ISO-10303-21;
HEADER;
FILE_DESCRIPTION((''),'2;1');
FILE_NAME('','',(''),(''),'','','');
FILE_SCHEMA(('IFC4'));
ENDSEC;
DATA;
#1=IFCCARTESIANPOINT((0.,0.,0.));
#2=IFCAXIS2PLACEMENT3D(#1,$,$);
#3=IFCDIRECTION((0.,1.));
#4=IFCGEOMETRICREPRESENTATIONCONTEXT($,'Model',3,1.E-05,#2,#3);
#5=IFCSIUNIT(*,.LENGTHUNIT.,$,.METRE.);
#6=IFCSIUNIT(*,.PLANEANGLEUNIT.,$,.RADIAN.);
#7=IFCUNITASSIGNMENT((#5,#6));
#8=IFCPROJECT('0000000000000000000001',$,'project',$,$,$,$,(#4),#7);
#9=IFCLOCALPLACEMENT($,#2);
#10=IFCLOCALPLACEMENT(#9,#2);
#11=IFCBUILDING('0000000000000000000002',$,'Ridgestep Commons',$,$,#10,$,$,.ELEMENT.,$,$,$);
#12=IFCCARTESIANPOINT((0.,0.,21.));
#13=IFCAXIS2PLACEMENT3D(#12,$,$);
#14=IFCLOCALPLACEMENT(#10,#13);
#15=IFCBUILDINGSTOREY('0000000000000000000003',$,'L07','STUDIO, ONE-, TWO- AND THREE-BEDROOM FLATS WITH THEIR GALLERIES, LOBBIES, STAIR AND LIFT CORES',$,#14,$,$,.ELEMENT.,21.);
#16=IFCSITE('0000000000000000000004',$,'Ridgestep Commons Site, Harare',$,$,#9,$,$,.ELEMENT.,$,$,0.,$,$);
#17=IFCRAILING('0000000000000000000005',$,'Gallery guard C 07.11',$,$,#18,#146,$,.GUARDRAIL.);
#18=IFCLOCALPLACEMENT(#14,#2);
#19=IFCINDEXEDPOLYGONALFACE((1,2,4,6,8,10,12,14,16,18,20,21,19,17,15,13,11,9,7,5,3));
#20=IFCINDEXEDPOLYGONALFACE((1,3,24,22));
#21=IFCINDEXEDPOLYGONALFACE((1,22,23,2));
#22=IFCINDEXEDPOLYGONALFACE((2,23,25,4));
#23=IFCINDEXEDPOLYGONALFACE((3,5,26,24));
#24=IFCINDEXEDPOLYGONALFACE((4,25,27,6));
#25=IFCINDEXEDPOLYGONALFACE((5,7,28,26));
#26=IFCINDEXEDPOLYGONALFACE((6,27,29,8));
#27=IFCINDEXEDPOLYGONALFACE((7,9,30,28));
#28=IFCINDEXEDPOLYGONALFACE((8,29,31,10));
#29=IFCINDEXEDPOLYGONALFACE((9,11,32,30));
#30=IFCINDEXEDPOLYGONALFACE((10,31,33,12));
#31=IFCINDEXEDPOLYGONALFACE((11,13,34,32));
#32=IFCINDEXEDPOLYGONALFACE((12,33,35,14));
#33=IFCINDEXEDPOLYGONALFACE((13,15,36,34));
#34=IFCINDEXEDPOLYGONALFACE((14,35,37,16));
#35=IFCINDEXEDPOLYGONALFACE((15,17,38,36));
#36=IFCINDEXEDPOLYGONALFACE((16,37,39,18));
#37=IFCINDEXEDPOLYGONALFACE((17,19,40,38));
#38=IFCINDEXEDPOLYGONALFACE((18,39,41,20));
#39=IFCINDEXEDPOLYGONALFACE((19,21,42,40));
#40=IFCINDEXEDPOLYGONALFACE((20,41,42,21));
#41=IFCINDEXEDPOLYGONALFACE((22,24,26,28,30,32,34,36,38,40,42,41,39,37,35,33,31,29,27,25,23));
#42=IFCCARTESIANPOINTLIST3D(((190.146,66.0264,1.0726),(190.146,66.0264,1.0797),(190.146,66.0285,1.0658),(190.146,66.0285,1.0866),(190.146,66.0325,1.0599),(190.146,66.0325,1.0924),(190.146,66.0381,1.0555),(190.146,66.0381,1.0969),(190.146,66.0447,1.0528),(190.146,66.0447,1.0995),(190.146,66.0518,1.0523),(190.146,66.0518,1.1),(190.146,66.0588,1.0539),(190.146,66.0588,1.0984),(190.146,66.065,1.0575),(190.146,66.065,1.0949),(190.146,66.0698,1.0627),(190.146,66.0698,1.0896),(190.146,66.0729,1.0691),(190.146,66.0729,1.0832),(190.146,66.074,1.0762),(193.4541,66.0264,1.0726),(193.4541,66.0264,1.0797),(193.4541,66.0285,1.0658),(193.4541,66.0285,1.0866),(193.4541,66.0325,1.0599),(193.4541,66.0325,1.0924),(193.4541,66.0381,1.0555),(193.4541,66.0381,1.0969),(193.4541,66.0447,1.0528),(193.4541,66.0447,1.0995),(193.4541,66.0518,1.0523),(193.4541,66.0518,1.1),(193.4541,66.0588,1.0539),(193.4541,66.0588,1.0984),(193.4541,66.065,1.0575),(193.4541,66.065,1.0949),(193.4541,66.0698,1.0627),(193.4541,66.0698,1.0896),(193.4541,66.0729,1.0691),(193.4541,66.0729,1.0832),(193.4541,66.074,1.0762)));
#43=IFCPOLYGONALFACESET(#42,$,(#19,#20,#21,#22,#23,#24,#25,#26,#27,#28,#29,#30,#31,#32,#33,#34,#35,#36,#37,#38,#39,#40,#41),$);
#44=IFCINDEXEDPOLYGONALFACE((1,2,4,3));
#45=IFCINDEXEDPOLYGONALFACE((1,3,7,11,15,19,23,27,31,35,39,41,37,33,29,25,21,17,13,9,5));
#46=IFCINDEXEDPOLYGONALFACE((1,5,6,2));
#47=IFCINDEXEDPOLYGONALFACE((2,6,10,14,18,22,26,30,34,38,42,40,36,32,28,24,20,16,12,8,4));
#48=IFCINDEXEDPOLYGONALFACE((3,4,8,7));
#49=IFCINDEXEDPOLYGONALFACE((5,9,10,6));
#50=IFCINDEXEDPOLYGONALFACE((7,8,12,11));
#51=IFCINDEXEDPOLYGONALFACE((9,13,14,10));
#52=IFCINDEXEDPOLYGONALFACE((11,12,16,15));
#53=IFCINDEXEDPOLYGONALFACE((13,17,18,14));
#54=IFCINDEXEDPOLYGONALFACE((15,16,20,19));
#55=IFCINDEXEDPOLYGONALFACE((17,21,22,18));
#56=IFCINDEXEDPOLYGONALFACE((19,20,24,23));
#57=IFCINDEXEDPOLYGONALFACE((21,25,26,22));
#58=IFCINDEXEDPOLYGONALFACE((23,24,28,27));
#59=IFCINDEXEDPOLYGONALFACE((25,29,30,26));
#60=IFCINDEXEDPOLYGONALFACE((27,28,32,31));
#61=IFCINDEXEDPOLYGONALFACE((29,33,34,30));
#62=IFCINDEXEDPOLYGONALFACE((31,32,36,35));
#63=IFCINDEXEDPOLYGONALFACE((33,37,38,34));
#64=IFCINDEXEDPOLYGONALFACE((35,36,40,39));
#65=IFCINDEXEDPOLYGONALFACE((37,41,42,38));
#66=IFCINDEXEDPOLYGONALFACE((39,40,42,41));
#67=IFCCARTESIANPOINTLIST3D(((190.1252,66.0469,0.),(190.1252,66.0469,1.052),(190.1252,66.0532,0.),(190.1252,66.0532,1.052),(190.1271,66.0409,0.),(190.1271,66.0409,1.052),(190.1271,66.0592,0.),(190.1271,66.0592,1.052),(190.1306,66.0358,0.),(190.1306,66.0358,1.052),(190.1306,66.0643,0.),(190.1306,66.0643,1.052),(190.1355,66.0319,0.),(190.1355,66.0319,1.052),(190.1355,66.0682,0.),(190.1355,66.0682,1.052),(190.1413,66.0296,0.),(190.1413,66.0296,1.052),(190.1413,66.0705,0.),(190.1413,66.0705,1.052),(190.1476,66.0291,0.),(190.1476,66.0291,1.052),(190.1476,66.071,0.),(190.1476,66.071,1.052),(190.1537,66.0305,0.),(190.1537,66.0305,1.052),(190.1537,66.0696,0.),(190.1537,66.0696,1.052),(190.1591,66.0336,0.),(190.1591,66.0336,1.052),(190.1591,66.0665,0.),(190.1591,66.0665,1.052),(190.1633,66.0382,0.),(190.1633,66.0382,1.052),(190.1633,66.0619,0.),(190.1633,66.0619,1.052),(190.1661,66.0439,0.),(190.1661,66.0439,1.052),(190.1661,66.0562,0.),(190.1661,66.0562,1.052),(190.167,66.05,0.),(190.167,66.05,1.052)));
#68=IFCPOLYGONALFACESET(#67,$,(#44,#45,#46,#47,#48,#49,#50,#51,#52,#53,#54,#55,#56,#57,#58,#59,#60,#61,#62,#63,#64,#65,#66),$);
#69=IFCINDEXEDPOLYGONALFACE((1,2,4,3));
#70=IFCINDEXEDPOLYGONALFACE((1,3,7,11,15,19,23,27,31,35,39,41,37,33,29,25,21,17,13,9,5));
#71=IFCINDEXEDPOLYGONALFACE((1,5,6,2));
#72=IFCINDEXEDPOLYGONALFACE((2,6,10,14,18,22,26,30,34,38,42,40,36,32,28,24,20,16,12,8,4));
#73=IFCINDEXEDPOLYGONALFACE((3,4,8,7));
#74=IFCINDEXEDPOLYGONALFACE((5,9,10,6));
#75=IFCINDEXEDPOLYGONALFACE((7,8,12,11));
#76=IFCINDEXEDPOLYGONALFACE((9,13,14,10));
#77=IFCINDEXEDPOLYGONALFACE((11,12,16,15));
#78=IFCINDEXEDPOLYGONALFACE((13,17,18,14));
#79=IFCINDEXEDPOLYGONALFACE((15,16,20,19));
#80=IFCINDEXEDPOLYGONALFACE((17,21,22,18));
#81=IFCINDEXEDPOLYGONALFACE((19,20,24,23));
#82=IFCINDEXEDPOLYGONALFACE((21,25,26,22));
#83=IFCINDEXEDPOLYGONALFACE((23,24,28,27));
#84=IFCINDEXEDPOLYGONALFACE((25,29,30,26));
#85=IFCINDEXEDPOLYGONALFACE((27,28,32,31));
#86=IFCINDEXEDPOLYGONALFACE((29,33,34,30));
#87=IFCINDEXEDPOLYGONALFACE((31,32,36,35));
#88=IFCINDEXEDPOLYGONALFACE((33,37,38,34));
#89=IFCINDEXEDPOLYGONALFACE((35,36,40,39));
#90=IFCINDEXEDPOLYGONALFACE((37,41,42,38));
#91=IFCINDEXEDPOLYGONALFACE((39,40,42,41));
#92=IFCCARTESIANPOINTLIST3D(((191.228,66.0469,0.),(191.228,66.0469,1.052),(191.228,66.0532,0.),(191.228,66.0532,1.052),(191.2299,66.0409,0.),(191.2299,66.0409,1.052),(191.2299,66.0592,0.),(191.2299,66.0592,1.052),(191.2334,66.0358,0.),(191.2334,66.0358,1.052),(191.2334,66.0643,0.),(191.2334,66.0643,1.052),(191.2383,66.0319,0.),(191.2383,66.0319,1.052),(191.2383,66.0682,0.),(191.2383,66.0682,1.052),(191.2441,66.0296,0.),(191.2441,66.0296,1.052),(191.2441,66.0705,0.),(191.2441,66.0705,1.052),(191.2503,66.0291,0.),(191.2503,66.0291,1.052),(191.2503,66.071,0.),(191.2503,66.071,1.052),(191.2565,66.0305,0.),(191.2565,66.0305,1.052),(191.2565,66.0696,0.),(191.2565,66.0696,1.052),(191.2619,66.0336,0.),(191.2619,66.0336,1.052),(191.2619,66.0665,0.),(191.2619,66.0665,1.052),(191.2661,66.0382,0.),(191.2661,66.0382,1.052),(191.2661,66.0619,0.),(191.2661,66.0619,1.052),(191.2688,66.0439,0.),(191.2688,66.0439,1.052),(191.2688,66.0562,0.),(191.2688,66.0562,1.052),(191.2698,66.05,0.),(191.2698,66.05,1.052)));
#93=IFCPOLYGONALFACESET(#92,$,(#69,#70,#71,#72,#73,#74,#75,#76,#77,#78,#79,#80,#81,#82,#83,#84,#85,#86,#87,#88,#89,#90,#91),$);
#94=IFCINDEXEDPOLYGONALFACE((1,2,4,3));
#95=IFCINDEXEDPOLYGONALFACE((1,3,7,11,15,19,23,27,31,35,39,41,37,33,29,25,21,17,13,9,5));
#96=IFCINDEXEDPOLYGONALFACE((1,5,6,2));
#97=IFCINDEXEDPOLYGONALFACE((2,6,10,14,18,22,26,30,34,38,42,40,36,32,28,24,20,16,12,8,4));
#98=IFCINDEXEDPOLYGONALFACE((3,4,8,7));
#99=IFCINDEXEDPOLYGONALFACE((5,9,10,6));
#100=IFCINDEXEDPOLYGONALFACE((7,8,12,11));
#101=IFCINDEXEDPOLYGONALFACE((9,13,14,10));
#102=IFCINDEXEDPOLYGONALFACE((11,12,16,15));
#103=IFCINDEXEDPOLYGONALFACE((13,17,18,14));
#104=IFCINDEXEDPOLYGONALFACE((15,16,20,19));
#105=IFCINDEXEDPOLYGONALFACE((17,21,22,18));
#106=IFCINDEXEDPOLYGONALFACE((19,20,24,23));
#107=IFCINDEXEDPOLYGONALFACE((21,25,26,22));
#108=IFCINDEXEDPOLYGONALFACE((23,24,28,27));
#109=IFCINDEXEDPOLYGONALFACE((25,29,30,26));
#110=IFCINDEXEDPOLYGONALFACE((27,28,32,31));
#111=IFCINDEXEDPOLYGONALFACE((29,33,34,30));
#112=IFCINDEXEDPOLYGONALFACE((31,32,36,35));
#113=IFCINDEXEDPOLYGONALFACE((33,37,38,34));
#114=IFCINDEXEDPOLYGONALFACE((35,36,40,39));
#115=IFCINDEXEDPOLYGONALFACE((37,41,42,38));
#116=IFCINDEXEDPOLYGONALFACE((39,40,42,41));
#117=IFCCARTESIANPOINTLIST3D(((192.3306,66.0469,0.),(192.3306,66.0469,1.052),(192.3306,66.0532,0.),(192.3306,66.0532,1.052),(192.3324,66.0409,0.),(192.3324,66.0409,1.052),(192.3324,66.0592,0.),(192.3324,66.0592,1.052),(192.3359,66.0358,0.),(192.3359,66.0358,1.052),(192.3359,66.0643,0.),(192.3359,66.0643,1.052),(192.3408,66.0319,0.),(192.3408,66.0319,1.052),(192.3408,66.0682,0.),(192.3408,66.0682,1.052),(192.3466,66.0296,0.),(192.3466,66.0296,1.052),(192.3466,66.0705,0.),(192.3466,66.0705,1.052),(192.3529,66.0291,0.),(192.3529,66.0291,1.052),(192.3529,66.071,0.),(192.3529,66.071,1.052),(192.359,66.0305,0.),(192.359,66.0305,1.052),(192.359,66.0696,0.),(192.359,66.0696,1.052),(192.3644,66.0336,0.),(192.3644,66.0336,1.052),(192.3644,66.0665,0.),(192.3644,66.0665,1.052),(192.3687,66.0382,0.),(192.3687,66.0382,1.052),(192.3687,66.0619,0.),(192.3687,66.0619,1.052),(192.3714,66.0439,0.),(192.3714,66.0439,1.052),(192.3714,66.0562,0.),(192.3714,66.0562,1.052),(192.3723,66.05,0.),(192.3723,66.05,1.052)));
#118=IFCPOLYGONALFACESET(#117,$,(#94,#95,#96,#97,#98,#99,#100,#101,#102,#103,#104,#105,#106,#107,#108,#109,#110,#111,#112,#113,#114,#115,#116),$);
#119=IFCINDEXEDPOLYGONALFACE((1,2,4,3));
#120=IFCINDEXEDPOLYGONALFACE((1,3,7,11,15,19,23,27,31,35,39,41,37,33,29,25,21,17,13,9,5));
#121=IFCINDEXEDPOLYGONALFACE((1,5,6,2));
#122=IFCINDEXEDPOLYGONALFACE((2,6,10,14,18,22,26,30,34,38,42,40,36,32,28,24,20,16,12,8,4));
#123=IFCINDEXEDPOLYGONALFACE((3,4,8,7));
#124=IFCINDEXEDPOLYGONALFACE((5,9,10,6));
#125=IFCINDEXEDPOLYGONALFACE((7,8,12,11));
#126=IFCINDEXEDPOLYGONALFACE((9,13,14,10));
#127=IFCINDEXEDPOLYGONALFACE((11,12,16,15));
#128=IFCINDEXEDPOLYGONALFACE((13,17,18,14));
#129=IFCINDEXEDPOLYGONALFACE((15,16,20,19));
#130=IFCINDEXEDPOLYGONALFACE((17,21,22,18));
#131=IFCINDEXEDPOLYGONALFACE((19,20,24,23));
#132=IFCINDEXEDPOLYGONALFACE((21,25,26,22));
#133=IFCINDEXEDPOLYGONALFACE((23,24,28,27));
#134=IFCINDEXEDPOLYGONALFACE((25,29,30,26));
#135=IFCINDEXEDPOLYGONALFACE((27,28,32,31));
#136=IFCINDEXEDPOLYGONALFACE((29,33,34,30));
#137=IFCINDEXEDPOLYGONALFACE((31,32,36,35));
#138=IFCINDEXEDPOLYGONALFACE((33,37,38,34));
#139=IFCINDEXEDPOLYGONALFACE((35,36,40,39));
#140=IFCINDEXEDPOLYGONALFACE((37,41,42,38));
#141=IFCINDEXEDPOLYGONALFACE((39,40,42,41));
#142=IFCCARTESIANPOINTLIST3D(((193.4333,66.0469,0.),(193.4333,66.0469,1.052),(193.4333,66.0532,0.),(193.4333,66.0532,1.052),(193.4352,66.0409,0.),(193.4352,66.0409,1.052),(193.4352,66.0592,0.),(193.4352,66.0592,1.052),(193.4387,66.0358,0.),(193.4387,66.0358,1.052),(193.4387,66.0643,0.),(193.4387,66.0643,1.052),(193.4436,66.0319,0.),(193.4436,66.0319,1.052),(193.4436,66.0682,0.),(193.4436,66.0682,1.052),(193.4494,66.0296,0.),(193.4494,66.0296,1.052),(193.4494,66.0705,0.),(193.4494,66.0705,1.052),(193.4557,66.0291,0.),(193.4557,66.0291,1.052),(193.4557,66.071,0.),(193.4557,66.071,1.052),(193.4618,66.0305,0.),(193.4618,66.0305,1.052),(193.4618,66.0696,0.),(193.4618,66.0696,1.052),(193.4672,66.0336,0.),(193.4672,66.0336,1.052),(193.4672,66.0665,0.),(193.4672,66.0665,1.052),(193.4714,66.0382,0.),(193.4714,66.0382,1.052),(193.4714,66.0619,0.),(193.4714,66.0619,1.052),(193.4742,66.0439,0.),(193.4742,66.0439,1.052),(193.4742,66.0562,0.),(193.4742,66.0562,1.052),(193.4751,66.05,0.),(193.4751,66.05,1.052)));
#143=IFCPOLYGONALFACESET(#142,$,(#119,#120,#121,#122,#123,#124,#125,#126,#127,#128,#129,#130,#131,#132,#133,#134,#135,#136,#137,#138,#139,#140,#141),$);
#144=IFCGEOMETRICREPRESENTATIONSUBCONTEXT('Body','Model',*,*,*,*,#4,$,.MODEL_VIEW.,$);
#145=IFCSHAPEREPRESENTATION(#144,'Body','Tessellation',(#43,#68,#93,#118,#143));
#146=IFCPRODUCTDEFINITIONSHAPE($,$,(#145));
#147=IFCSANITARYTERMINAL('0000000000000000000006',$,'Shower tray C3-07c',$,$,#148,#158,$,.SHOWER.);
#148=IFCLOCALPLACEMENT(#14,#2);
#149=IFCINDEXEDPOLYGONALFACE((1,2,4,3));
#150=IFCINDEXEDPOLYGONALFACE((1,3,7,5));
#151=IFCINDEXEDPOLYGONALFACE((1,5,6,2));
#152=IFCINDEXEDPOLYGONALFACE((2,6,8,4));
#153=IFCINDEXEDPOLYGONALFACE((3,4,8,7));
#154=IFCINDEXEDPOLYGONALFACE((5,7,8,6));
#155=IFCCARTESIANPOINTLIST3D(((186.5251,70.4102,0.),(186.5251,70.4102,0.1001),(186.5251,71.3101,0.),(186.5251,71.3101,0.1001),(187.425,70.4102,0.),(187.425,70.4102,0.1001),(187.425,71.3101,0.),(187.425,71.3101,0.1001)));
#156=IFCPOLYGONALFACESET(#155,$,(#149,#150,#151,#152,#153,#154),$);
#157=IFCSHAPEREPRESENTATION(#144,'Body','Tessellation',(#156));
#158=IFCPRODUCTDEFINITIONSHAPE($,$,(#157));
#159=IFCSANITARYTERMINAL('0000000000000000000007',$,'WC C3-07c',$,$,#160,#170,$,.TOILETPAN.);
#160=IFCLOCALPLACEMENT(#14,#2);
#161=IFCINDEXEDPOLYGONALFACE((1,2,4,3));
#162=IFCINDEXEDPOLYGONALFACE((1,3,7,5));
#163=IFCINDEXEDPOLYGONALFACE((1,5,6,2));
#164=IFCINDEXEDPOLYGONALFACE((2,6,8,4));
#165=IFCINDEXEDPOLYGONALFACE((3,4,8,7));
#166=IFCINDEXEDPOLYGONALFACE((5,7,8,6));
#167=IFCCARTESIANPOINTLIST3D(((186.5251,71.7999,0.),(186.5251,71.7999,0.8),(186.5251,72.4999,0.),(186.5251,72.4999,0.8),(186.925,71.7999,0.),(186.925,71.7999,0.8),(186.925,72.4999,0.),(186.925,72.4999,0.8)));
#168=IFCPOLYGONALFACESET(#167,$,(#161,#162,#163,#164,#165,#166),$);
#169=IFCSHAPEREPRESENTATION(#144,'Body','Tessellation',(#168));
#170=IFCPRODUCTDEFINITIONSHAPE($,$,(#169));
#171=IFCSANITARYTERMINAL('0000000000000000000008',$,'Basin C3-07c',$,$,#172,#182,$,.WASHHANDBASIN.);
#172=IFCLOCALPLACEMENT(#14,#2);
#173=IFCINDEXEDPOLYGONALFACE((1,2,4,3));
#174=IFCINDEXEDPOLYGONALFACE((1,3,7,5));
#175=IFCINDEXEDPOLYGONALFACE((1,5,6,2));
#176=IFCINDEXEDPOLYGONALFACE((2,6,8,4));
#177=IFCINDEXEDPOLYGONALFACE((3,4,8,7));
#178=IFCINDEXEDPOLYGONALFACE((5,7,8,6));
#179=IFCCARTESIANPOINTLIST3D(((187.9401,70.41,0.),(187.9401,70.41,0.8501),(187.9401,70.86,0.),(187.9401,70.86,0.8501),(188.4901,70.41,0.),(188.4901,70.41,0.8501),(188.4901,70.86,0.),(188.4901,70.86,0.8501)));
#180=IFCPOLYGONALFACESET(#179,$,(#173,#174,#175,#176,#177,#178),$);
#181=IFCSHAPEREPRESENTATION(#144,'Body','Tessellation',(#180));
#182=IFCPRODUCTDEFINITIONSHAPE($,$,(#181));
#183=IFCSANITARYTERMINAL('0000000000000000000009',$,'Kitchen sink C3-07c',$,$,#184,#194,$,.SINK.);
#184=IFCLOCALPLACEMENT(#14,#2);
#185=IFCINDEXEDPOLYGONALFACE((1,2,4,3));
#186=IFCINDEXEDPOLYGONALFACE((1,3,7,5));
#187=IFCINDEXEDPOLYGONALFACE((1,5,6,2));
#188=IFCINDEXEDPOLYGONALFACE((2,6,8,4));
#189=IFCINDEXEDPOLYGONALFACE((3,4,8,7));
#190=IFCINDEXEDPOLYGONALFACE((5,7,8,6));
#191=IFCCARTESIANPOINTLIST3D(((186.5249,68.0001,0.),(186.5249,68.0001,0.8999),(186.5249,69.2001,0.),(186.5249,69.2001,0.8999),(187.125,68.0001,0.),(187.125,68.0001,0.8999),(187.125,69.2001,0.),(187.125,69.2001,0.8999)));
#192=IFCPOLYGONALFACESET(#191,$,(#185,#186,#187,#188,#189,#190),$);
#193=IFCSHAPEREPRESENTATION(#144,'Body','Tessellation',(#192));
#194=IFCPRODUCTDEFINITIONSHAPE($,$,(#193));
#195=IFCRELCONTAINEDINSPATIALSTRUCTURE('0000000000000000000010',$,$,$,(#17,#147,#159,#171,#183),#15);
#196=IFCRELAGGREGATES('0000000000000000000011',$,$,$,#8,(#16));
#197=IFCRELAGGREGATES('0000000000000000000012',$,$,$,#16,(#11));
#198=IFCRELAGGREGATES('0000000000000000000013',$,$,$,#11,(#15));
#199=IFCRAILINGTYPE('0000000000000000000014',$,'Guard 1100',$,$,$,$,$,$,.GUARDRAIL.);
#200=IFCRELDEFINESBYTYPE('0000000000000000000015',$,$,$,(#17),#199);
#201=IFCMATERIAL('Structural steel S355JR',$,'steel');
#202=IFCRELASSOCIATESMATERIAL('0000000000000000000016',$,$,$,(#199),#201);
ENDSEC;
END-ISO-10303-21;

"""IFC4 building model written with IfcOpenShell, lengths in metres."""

from ifc_helpers import new_model, si_unit, direction, frame, origin, origin_2d, place, context, subcontext, project, spatial, rectangle, circle, extrude, material, type_object, element, save


model = new_model("IFC4")

# Units and contexts
model_context = context("Model", 3, precision=1e-05, world=origin(), true_north=direction((0.0, 1.0)))
body_context = subcontext(model_context, "Body", "Model", "MODEL_VIEW")
ifc_project = project(units=[si_unit("LENGTHUNIT", "METRE"), si_unit("PLANEANGLEUNIT", "RADIAN")], contexts=[model_context])

# Site, building, storey
site_placement = place(None, origin())
site = spatial("IfcSite", under=ifc_project, at=site_placement, Name="Ridgestep Commons Site, Harare", CompositionType="ELEMENT", RefElevation=0.0)
building_placement = place(site_placement, origin())
building = spatial("IfcBuilding", under=site, at=building_placement, Name="Ridgestep Commons", CompositionType="ELEMENT")
storey_placement = place(building_placement, frame((0.0, 0.0, 21.0)))
storey = spatial("IfcBuildingStorey", under=building, at=storey_placement, Name="L07", Description="STUDIO, ONE-, TWO- AND THREE-BEDROOM FLATS WITH THEIR GALLERIES, LOBBIES, STAIR AND LIFT CORES", CompositionType="ELEMENT", Elevation=21.0)

# Railing
ifc_material_1 = material(Name="Structural steel S355JR", Category="steel")
railing_type = type_object("IfcRailingType", Name="Guard 1100", PredefinedType="GUARDRAIL", material=ifc_material_1)
for number, where, name in (
    (1, (190.146, 66.05, 0.0), "Gallery guard C 07.11"),
):
    element("IfcRailing", number, at=place(storey_placement, frame(where)), inside=storey, type_object=railing_type, Name=name, PredefinedType="GUARDRAIL", context=body_context, shape_type="SweptSolid", body=[
        extrude(circle(Radius=0.0239, at=origin_2d()), frame((0.0, 0.0, 1.0762), z_axis=(1.0, 0.0, 0.0), x_axis=(0.0, 1.0, 0.0)), (0.0, 0.0, 1.0), 3.3081),
        extrude(circle(Radius=0.021, at=origin_2d()), origin(), (0.0, 0.0, 1.0), 1.052),
        extrude(circle(Radius=0.021, at=origin_2d()), frame((1.1028, 0.0, 0.0)), (0.0, 0.0, 1.0), 1.052),
        extrude(circle(Radius=0.021, at=origin_2d()), frame((2.2053, 0.0, 0.0)), (0.0, 0.0, 1.0), 1.052),
        extrude(circle(Radius=0.021, at=origin_2d()), frame((3.3081, 0.0, 0.0)), (0.0, 0.0, 1.0), 1.052),
    ])

# Sanitary terminals
sanitary_terminal_1_placement = place(storey_placement, frame((186.9751, 70.8601, 0.0), z_axis=(0.0, 0.0, 1.0), x_axis=(1.0, 0.0, 0.0)))
element("IfcSanitaryTerminal", 2, at=sanitary_terminal_1_placement, inside=storey, Name="Shower tray C3-07c", PredefinedType="SHOWER", context=body_context, shape_type="SweptSolid", body=[
    extrude(rectangle(XDim=0.8999, YDim=0.8999, at=origin_2d()), origin(), (0.0, 0.0, 1.0), 0.1001),
])
sanitary_terminal_2_placement = place(storey_placement, frame((186.7251, 72.1499, 0.0), z_axis=(0.0, 0.0, 1.0), x_axis=(1.0, 0.0, 0.0)))
element("IfcSanitaryTerminal", 3, at=sanitary_terminal_2_placement, inside=storey, Name="WC C3-07c", PredefinedType="TOILETPAN", context=body_context, shape_type="SweptSolid", body=[
    extrude(rectangle(XDim=0.3999, YDim=0.7, at=origin_2d()), origin(), (0.0, 0.0, 1.0), 0.8),
])
sanitary_terminal_3_placement = place(storey_placement, frame((188.2151, 70.635, 0.0), z_axis=(0.0, 0.0, 1.0), x_axis=(1.0, 0.0, 0.0)))
element("IfcSanitaryTerminal", 4, at=sanitary_terminal_3_placement, inside=storey, Name="Basin C3-07c", PredefinedType="WASHHANDBASIN", context=body_context, shape_type="SweptSolid", body=[
    extrude(rectangle(XDim=0.55, YDim=0.45, at=origin_2d()), origin(), (0.0, 0.0, 1.0), 0.8501),
])
sanitary_terminal_4_placement = place(storey_placement, frame((186.825, 68.6001, 0.0), z_axis=(0.0, 0.0, 1.0), x_axis=(1.0, 0.0, 0.0)))
element("IfcSanitaryTerminal", 5, at=sanitary_terminal_4_placement, inside=storey, Name="Kitchen sink C3-07c", PredefinedType="SINK", context=body_context, shape_type="SweptSolid", body=[
    extrude(rectangle(XDim=0.6001, YDim=1.2, at=origin_2d()), origin(), (0.0, 0.0, 1.0), 0.8999),
])

save(model, "model.ifc")
